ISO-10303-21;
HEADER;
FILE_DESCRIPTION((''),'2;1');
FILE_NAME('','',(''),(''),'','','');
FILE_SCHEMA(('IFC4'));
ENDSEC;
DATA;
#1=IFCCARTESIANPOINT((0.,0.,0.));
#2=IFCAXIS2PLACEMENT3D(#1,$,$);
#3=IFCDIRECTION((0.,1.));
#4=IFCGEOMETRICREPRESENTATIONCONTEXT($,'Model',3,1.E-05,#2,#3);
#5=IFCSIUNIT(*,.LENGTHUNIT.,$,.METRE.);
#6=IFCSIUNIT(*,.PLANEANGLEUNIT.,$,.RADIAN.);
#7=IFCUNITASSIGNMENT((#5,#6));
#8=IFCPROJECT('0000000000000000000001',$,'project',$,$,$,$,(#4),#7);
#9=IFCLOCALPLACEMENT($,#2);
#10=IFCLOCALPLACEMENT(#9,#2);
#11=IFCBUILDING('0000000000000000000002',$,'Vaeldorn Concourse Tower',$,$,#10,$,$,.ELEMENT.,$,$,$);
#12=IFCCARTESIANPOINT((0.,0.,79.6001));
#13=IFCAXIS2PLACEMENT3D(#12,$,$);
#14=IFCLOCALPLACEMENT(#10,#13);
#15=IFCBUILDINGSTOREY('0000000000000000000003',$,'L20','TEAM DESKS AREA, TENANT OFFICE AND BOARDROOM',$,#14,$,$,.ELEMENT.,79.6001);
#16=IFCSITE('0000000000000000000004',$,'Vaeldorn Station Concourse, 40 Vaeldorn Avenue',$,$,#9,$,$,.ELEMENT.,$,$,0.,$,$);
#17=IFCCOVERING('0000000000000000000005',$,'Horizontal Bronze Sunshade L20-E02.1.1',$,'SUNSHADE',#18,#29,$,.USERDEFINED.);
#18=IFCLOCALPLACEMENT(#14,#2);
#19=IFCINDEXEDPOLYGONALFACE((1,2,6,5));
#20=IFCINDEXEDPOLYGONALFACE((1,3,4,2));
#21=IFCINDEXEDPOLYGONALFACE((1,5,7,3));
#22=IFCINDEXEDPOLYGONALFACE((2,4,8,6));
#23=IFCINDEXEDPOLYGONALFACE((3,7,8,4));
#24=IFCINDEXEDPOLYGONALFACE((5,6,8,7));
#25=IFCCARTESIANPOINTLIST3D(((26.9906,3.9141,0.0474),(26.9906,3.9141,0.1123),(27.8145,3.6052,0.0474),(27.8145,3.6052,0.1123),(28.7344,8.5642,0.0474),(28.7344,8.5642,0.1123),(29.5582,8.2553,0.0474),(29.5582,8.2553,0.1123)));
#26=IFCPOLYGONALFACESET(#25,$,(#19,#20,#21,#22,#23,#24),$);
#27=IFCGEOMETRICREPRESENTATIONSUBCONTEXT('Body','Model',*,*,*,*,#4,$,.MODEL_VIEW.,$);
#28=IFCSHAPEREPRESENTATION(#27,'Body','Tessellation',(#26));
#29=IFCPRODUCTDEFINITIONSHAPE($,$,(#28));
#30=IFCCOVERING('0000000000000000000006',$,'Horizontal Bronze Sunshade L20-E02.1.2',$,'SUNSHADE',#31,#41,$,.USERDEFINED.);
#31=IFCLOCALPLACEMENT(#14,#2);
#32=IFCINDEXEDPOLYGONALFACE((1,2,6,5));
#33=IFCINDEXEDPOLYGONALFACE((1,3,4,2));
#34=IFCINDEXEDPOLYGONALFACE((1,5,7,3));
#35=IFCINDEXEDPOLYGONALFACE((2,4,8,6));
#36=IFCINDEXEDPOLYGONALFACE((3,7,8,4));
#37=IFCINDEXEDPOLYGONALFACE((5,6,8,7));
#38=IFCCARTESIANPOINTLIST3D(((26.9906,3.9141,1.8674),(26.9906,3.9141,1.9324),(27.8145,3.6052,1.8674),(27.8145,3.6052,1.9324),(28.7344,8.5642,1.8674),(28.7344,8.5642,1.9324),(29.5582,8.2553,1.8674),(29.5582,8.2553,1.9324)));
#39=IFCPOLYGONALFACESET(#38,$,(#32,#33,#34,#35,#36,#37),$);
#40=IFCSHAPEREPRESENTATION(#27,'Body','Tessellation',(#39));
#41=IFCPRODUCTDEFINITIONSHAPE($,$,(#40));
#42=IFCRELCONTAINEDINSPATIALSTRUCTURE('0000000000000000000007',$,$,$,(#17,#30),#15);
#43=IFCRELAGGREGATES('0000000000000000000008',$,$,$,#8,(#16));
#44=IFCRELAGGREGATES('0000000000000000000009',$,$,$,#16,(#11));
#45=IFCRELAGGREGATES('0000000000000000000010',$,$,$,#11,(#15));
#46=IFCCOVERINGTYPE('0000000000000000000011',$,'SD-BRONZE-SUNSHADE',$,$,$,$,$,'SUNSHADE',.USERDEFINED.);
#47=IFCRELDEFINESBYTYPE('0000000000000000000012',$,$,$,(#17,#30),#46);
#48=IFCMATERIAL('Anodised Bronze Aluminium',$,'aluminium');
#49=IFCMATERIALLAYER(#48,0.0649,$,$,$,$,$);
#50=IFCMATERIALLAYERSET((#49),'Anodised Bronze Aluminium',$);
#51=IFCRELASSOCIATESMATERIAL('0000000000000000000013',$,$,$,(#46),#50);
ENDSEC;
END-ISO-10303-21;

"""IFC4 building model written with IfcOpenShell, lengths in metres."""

from ifc_helpers import new_model, si_unit, direction, frame, origin, origin_2d, place, context, subcontext, project, spatial, rectangle, extrude, source, transform, mapped, material, layer, layer_set, type_object, element, save


model = new_model("IFC4")

# Units and contexts
model_context = context("Model", 3, precision=1e-05, world=origin(), true_north=direction((0.0, 1.0)))
body_context = subcontext(model_context, "Body", "Model", "MODEL_VIEW")
ifc_project = project(units=[si_unit("LENGTHUNIT", "METRE"), si_unit("PLANEANGLEUNIT", "RADIAN")], contexts=[model_context])

# Site, building, storey
site_placement = place(None, origin())
site = spatial("IfcSite", under=ifc_project, at=site_placement, Name="Vaeldorn Station Concourse, 40 Vaeldorn Avenue", CompositionType="ELEMENT", RefElevation=0.0)
building_placement = place(site_placement, origin())
building = spatial("IfcBuilding", under=site, at=building_placement, Name="Vaeldorn Concourse Tower", CompositionType="ELEMENT")
storey_placement = place(building_placement, frame((0.0, 0.0, 79.6001)))
storey = spatial("IfcBuildingStorey", under=building, at=storey_placement, Name="L20", Description="TEAM DESKS AREA, TENANT OFFICE AND BOARDROOM", CompositionType="ELEMENT", Elevation=79.6001)

# Shared definitions
ifc_material_1 = material(Name="Anodised Bronze Aluminium", Category="aluminium")

# Coverings
ifc_layer_1 = layer(ifc_material_1, 0.0649)
ifc_layer_set_1 = layer_set([ifc_layer_1], Name="Anodised Bronze Aluminium")
covering_type = type_object("IfcCoveringType", Name="SD-BRONZE-SUNSHADE", ElementType="SUNSHADE", PredefinedType="USERDEFINED", material=ifc_layer_set_1)
shared_shape_1 = source(origin(), body_context, "Body", "SweptSolid", [
    extrude(rectangle(XDim=4.9663, YDim=0.8799, at=origin_2d()), origin(), (0.0, 0.0, 1.0), 0.0649),
])
for number, where, z_axis, x_axis, name in (
    (1, (28.2744, 6.0847, 0.0474), (0.0, 0.0, 1.0), (0.351123, 0.936329, 0.0), "Horizontal Bronze Sunshade L20-E02.1.1"),
    (2, (28.2744, 6.0847, 1.8674), (0.0, 0.0, 1.0), (0.351123, 0.936329, 0.0), "Horizontal Bronze Sunshade L20-E02.1.2"),
):
    element("IfcCovering", number, at=place(storey_placement, frame(where, z_axis=z_axis, x_axis=x_axis)), inside=storey, type_object=covering_type, Name=name, ObjectType="SUNSHADE", PredefinedType="USERDEFINED", context=body_context, shape_type="MappedRepresentation", body=[
        mapped(shared_shape_1, transform((0.0, 0.0, 0.0), scale=1.0)),
    ])

save(model, "model.ifc")
